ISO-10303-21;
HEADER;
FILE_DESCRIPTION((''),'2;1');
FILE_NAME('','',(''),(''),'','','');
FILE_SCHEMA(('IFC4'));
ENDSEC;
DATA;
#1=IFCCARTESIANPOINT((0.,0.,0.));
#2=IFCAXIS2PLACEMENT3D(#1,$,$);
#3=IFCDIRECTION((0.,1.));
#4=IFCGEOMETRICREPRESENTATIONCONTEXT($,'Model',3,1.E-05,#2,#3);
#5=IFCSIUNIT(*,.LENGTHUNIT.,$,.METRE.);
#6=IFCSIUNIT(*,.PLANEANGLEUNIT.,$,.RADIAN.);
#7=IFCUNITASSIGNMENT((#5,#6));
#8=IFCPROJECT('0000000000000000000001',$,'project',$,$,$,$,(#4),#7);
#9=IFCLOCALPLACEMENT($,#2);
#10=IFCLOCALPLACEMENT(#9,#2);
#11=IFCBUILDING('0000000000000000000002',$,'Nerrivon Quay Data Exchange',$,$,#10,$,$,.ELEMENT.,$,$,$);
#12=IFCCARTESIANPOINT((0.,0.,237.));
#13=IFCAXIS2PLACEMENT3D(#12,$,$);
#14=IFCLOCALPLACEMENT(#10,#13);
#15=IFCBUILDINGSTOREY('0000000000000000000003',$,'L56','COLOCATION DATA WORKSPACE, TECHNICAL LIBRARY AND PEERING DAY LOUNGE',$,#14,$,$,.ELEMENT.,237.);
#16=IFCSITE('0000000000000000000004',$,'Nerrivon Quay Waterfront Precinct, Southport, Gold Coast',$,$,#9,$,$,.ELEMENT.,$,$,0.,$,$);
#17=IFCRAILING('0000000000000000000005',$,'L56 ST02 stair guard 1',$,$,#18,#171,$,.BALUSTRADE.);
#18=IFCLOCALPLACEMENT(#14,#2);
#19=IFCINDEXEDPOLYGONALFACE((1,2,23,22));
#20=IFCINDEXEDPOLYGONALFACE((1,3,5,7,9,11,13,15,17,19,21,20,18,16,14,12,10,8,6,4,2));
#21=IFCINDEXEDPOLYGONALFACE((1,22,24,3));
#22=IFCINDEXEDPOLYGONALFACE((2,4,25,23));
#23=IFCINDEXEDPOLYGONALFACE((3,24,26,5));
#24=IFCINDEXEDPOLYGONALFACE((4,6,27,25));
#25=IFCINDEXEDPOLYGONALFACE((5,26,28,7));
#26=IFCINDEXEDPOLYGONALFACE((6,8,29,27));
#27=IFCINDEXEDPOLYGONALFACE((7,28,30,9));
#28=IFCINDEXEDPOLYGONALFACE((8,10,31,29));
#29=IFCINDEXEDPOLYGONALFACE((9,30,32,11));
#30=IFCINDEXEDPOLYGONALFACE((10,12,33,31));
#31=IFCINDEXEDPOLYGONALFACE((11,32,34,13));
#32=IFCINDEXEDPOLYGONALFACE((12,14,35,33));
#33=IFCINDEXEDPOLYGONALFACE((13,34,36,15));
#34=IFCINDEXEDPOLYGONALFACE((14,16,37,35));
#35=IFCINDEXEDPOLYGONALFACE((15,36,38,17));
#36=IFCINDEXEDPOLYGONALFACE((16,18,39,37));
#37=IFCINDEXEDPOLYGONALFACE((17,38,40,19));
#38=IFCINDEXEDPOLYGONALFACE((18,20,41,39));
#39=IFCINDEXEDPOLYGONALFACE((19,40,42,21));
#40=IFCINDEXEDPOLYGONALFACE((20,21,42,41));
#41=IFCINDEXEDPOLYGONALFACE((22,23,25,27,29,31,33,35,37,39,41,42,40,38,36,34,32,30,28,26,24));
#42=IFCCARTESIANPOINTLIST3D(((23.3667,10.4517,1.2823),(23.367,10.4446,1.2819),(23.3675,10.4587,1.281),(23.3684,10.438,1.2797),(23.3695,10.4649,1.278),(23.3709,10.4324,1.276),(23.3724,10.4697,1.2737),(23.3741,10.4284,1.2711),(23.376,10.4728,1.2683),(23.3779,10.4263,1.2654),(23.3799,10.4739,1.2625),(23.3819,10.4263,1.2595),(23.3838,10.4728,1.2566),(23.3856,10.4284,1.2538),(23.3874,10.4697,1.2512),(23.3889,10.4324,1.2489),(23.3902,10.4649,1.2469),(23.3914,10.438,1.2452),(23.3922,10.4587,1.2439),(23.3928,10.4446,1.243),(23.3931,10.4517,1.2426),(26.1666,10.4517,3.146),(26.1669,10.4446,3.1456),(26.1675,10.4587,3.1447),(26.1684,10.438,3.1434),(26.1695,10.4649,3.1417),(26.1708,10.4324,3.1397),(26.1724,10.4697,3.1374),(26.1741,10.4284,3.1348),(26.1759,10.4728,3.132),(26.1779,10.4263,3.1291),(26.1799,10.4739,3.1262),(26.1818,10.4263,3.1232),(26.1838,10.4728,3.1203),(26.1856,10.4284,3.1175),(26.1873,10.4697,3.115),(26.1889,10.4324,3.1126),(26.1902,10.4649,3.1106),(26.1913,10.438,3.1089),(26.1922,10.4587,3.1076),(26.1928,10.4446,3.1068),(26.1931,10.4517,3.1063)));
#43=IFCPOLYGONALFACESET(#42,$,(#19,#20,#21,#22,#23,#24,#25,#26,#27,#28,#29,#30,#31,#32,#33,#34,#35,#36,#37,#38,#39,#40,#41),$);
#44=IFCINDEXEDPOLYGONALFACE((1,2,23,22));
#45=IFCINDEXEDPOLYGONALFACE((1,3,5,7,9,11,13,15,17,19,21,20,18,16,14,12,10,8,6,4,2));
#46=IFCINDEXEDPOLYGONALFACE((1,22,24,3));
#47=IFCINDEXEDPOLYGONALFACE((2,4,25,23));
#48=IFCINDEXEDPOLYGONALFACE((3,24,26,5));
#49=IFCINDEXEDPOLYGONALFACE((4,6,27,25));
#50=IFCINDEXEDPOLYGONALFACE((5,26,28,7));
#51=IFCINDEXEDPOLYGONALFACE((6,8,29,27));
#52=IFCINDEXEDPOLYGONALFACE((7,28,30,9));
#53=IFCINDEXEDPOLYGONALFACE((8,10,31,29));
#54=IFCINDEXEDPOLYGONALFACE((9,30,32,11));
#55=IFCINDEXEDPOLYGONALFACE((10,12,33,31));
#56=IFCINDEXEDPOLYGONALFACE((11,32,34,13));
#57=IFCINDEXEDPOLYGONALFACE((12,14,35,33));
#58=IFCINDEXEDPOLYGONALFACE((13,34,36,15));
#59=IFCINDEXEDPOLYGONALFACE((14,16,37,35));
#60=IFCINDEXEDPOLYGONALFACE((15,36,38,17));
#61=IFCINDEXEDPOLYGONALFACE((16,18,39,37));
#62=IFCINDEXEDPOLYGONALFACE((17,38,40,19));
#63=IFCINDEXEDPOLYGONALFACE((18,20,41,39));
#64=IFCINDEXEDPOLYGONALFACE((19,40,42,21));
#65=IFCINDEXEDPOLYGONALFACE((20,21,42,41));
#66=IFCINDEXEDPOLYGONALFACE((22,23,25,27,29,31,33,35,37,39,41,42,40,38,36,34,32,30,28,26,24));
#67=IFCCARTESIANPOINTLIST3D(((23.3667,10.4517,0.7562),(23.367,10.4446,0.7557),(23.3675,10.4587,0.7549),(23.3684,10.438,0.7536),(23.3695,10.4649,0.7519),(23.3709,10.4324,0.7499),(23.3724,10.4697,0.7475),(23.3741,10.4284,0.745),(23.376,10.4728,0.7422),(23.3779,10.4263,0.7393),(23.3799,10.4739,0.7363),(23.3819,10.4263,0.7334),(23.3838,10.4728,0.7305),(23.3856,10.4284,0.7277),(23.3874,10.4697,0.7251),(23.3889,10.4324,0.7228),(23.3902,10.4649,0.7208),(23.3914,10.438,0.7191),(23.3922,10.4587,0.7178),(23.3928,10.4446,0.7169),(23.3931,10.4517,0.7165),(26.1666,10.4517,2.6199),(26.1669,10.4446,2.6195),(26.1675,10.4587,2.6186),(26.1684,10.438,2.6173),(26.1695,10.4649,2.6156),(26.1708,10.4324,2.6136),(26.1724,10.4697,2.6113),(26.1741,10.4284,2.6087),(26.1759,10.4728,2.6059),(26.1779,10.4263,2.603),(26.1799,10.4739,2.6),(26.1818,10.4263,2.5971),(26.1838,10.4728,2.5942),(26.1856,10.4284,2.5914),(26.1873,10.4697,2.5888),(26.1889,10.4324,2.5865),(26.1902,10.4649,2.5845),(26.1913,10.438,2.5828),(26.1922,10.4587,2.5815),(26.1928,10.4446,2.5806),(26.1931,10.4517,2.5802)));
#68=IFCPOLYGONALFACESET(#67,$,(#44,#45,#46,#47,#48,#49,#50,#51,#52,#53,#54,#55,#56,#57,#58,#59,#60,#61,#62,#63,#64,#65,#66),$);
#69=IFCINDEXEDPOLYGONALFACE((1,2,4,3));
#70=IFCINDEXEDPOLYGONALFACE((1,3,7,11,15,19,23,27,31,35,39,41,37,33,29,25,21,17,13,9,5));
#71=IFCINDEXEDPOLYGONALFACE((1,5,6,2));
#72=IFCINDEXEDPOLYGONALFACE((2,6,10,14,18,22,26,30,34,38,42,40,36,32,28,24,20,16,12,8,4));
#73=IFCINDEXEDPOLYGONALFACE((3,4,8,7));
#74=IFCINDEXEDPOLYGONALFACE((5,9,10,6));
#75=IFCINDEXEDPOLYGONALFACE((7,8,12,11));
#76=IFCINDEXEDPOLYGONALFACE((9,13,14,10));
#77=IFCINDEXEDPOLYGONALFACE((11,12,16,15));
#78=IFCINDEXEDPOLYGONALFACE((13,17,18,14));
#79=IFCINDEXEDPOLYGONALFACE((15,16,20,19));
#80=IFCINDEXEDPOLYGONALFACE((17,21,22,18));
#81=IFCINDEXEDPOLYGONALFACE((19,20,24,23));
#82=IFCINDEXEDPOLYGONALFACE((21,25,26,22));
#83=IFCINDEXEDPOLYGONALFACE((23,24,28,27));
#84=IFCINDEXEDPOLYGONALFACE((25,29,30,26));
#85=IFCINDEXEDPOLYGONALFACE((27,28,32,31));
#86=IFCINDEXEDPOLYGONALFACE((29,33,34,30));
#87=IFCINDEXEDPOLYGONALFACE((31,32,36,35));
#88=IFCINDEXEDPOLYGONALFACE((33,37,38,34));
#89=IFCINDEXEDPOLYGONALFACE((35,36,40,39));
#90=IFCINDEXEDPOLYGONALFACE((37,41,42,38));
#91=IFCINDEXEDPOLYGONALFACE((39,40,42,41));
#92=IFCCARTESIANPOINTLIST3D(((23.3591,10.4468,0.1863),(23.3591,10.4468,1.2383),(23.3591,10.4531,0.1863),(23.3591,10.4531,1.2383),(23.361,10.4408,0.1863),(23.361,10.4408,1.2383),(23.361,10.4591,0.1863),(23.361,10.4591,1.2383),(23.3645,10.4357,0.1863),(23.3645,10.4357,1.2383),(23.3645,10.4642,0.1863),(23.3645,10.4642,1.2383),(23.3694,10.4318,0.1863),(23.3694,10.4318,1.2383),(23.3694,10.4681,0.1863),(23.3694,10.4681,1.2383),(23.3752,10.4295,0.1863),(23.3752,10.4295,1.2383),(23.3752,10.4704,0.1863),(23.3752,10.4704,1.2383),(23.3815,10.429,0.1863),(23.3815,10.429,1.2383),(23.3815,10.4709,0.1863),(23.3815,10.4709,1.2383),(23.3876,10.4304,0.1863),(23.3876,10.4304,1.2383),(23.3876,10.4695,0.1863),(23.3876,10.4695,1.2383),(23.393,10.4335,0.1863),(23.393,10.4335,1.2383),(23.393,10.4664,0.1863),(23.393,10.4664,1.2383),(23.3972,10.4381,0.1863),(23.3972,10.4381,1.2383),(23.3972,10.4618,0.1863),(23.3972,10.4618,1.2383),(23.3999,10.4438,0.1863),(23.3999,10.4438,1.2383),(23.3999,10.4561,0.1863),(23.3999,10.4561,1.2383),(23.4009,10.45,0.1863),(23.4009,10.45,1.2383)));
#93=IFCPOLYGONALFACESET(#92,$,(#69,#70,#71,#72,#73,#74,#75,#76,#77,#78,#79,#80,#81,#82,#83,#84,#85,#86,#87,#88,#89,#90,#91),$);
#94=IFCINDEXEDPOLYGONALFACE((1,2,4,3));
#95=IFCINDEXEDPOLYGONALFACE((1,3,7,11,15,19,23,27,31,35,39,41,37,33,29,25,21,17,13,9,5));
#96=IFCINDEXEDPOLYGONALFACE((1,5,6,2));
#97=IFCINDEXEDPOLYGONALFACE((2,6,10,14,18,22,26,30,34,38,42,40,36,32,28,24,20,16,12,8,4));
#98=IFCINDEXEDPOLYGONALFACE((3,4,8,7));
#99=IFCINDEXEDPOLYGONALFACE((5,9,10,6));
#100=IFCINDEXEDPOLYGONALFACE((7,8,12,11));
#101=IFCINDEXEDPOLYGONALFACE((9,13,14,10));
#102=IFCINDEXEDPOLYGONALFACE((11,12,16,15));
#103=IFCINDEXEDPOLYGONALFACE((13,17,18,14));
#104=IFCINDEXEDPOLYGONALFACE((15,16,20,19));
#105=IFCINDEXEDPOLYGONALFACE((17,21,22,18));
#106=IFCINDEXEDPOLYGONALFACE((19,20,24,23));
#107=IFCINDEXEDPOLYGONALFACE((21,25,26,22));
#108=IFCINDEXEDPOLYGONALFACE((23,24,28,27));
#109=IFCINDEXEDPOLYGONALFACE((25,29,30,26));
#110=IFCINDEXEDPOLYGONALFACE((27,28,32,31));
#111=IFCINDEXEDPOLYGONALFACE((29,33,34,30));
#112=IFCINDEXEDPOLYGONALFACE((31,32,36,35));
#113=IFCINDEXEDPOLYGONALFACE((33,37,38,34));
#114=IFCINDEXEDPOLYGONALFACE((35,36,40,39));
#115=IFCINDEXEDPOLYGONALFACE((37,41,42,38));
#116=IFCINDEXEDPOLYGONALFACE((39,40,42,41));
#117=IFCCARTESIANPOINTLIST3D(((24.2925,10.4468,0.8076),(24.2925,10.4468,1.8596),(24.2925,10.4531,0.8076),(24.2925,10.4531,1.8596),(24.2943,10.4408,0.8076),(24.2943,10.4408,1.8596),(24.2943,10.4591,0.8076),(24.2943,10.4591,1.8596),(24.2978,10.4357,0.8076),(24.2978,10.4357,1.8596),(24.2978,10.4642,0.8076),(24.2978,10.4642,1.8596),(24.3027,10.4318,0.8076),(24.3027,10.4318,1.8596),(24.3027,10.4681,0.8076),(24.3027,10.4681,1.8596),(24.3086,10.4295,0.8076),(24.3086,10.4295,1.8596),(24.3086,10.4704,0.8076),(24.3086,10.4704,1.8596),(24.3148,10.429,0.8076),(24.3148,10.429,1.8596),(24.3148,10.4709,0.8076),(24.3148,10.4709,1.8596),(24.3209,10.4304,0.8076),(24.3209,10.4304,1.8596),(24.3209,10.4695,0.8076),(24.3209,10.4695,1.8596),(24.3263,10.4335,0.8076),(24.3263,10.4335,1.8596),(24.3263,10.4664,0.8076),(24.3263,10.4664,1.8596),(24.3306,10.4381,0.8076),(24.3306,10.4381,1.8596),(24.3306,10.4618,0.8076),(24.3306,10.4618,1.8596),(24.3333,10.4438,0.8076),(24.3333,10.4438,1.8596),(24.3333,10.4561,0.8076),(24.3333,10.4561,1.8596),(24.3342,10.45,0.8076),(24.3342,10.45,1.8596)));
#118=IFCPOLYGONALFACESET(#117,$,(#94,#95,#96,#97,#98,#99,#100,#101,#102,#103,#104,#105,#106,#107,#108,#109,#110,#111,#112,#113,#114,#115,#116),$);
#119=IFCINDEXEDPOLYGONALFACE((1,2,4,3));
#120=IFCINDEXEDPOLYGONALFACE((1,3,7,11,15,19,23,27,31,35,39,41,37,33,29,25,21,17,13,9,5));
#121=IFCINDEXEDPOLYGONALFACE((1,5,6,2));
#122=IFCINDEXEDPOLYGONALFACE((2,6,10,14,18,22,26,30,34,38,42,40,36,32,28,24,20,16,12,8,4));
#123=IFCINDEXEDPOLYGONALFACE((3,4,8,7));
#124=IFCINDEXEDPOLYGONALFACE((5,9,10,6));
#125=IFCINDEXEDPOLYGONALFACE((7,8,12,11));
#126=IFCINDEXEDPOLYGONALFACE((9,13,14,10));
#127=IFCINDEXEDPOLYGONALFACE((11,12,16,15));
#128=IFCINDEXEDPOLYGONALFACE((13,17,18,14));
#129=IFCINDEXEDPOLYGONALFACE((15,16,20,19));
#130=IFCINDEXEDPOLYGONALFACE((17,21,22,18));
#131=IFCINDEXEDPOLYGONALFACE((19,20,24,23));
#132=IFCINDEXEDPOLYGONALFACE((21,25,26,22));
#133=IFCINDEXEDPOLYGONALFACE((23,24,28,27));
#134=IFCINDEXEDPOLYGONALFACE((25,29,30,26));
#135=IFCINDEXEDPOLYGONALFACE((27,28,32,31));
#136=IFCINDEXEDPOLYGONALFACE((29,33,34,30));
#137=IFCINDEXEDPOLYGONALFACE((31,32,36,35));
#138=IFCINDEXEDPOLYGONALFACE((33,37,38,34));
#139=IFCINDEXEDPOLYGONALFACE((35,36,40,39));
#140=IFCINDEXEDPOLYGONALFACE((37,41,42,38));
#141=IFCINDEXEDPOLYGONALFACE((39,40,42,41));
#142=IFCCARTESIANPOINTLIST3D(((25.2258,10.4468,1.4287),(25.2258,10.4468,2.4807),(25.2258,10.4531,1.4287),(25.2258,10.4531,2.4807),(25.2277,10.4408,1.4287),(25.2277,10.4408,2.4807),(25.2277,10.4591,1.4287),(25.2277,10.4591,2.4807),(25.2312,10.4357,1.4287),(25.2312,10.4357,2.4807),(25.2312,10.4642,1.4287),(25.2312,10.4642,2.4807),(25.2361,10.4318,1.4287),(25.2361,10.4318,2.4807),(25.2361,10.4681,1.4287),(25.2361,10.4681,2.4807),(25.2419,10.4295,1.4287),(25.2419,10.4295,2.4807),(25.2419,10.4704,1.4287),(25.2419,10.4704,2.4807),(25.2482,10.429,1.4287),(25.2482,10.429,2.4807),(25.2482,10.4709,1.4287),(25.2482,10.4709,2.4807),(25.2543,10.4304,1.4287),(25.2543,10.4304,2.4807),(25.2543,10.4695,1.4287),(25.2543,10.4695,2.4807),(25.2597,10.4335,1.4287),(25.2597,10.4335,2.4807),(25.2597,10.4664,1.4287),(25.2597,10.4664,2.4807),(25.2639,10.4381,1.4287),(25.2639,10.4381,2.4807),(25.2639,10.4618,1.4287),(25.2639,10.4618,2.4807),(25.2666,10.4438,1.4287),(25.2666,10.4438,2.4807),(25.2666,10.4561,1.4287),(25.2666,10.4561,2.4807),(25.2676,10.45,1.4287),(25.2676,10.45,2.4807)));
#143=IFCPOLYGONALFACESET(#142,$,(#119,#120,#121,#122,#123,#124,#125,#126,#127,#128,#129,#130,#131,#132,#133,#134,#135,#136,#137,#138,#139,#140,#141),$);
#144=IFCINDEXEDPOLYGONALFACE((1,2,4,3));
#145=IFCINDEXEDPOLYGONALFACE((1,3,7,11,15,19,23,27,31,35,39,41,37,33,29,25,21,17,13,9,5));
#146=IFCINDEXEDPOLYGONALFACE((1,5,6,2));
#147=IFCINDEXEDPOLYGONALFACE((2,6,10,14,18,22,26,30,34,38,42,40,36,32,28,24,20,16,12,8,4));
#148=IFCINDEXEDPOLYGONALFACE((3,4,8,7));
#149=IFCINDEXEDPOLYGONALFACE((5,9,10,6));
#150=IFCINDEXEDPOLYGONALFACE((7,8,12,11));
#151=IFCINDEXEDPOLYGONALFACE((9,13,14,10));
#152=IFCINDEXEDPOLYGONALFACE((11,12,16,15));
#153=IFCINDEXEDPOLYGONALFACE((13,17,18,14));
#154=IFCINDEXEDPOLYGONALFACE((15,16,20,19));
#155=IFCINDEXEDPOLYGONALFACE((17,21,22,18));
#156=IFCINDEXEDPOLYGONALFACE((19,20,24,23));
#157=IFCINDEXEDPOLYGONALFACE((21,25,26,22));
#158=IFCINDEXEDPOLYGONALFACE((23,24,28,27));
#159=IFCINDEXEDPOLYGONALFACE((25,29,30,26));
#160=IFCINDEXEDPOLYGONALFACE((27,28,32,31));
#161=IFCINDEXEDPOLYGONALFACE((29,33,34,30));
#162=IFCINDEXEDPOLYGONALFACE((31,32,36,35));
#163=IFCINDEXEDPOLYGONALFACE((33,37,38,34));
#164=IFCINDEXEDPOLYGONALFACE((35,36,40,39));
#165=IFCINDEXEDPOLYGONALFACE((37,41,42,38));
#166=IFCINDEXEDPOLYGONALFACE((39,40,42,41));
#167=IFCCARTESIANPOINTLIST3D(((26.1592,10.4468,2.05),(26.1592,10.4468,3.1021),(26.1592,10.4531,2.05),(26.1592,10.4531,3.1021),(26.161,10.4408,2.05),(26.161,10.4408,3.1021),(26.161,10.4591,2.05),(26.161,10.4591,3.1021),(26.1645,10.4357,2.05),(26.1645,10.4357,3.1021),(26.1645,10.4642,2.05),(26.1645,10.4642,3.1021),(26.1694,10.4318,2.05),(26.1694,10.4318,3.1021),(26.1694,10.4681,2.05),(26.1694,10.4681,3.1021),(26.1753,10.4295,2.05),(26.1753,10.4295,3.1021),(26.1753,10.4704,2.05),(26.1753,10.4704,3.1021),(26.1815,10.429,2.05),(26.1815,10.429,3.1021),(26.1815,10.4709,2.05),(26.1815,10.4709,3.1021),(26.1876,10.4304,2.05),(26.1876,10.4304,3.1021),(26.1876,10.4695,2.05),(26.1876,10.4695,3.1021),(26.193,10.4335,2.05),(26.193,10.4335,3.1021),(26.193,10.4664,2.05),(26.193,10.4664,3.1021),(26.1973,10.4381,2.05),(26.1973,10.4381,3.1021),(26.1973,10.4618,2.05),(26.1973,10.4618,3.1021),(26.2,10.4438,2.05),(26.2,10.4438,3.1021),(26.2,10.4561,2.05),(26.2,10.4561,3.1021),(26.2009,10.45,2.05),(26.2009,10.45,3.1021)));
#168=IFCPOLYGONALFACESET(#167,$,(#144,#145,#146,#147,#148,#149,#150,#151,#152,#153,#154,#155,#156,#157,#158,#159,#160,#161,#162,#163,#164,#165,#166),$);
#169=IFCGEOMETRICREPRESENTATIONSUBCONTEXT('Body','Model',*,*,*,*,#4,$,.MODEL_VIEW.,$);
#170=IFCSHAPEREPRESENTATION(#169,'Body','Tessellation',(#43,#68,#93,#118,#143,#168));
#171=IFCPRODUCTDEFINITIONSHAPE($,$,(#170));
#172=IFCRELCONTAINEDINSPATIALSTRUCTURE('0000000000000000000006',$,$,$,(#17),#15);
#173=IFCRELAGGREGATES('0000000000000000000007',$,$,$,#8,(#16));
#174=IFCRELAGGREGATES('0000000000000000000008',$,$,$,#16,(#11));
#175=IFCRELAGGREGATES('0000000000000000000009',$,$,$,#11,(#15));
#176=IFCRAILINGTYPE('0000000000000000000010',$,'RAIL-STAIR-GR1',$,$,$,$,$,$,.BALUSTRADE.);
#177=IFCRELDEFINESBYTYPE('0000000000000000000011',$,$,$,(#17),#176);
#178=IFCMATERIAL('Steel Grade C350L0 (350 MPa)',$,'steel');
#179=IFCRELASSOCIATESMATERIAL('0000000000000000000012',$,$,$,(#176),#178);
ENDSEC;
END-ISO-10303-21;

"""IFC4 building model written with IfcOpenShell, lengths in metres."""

from ifc_helpers import new_model, si_unit, direction, frame, origin, origin_2d, place, context, subcontext, project, spatial, circle, extrude, material, type_object, element, save


model = new_model("IFC4")

# Units and contexts
model_context = context("Model", 3, precision=1e-05, world=origin(), true_north=direction((0.0, 1.0)))
body_context = subcontext(model_context, "Body", "Model", "MODEL_VIEW")
ifc_project = project(units=[si_unit("LENGTHUNIT", "METRE"), si_unit("PLANEANGLEUNIT", "RADIAN")], contexts=[model_context])

# Site, building, storey
site_placement = place(None, origin())
site = spatial("IfcSite", under=ifc_project, at=site_placement, Name="Nerrivon Quay Waterfront Precinct, Southport, Gold Coast", CompositionType="ELEMENT", RefElevation=0.0)
building_placement = place(site_placement, origin())
building = spatial("IfcBuilding", under=site, at=building_placement, Name="Nerrivon Quay Data Exchange", CompositionType="ELEMENT")
storey_placement = place(building_placement, frame((0.0, 0.0, 237.0)))
storey = spatial("IfcBuildingStorey", under=building, at=storey_placement, Name="L56", Description="COLOCATION DATA WORKSPACE, TECHNICAL LIBRARY AND PEERING DAY LOUNGE", CompositionType="ELEMENT", Elevation=237.0)

# Railing
ifc_material_1 = material(Name="Steel Grade C350L0 (350 MPa)", Category="steel")
railing_type_1 = type_object("IfcRailingType", Name="RAIL-STAIR-GR1", PredefinedType="BALUSTRADE", material=ifc_material_1)
railing_1_placement = place(storey_placement, frame((23.3799, 10.45, 0.1863)))
element("IfcRailing", 1, at=railing_1_placement, inside=storey, type_object=railing_type_1, Name="L56 ST02 stair guard 1", PredefinedType="BALUSTRADE", context=body_context, shape_type="SweptSolid", body=[
    extrude(circle(Radius=0.0239, at=origin_2d()), frame((0.0, 0.0, 1.0762), z_axis=(0.832452, 0.0, 0.554097), x_axis=(0.0, 1.0, 0.0)), (0.0, 0.0, 1.0), 3.3635),
    extrude(circle(Radius=0.0239, at=origin_2d()), frame((0.0, 0.0, 0.55), z_axis=(0.832452, 0.0, 0.554097), x_axis=(0.0, 1.0, 0.0)), (0.0, 0.0, 1.0), 3.3635),
    extrude(circle(Radius=0.021, at=origin_2d()), origin(), (0.0, 0.0, 1.0), 1.052),
    extrude(circle(Radius=0.021, at=origin_2d()), frame((0.9333, 0.0, 0.6213)), (0.0, 0.0, 1.0), 1.052),
    extrude(circle(Radius=0.021, at=origin_2d()), frame((1.8667, 0.0, 1.2424)), (0.0, 0.0, 1.0), 1.052),
    extrude(circle(Radius=0.021, at=origin_2d()), frame((2.8, 0.0, 1.8638)), (0.0, 0.0, 1.0), 1.052),
])

save(model, "model.ifc")
